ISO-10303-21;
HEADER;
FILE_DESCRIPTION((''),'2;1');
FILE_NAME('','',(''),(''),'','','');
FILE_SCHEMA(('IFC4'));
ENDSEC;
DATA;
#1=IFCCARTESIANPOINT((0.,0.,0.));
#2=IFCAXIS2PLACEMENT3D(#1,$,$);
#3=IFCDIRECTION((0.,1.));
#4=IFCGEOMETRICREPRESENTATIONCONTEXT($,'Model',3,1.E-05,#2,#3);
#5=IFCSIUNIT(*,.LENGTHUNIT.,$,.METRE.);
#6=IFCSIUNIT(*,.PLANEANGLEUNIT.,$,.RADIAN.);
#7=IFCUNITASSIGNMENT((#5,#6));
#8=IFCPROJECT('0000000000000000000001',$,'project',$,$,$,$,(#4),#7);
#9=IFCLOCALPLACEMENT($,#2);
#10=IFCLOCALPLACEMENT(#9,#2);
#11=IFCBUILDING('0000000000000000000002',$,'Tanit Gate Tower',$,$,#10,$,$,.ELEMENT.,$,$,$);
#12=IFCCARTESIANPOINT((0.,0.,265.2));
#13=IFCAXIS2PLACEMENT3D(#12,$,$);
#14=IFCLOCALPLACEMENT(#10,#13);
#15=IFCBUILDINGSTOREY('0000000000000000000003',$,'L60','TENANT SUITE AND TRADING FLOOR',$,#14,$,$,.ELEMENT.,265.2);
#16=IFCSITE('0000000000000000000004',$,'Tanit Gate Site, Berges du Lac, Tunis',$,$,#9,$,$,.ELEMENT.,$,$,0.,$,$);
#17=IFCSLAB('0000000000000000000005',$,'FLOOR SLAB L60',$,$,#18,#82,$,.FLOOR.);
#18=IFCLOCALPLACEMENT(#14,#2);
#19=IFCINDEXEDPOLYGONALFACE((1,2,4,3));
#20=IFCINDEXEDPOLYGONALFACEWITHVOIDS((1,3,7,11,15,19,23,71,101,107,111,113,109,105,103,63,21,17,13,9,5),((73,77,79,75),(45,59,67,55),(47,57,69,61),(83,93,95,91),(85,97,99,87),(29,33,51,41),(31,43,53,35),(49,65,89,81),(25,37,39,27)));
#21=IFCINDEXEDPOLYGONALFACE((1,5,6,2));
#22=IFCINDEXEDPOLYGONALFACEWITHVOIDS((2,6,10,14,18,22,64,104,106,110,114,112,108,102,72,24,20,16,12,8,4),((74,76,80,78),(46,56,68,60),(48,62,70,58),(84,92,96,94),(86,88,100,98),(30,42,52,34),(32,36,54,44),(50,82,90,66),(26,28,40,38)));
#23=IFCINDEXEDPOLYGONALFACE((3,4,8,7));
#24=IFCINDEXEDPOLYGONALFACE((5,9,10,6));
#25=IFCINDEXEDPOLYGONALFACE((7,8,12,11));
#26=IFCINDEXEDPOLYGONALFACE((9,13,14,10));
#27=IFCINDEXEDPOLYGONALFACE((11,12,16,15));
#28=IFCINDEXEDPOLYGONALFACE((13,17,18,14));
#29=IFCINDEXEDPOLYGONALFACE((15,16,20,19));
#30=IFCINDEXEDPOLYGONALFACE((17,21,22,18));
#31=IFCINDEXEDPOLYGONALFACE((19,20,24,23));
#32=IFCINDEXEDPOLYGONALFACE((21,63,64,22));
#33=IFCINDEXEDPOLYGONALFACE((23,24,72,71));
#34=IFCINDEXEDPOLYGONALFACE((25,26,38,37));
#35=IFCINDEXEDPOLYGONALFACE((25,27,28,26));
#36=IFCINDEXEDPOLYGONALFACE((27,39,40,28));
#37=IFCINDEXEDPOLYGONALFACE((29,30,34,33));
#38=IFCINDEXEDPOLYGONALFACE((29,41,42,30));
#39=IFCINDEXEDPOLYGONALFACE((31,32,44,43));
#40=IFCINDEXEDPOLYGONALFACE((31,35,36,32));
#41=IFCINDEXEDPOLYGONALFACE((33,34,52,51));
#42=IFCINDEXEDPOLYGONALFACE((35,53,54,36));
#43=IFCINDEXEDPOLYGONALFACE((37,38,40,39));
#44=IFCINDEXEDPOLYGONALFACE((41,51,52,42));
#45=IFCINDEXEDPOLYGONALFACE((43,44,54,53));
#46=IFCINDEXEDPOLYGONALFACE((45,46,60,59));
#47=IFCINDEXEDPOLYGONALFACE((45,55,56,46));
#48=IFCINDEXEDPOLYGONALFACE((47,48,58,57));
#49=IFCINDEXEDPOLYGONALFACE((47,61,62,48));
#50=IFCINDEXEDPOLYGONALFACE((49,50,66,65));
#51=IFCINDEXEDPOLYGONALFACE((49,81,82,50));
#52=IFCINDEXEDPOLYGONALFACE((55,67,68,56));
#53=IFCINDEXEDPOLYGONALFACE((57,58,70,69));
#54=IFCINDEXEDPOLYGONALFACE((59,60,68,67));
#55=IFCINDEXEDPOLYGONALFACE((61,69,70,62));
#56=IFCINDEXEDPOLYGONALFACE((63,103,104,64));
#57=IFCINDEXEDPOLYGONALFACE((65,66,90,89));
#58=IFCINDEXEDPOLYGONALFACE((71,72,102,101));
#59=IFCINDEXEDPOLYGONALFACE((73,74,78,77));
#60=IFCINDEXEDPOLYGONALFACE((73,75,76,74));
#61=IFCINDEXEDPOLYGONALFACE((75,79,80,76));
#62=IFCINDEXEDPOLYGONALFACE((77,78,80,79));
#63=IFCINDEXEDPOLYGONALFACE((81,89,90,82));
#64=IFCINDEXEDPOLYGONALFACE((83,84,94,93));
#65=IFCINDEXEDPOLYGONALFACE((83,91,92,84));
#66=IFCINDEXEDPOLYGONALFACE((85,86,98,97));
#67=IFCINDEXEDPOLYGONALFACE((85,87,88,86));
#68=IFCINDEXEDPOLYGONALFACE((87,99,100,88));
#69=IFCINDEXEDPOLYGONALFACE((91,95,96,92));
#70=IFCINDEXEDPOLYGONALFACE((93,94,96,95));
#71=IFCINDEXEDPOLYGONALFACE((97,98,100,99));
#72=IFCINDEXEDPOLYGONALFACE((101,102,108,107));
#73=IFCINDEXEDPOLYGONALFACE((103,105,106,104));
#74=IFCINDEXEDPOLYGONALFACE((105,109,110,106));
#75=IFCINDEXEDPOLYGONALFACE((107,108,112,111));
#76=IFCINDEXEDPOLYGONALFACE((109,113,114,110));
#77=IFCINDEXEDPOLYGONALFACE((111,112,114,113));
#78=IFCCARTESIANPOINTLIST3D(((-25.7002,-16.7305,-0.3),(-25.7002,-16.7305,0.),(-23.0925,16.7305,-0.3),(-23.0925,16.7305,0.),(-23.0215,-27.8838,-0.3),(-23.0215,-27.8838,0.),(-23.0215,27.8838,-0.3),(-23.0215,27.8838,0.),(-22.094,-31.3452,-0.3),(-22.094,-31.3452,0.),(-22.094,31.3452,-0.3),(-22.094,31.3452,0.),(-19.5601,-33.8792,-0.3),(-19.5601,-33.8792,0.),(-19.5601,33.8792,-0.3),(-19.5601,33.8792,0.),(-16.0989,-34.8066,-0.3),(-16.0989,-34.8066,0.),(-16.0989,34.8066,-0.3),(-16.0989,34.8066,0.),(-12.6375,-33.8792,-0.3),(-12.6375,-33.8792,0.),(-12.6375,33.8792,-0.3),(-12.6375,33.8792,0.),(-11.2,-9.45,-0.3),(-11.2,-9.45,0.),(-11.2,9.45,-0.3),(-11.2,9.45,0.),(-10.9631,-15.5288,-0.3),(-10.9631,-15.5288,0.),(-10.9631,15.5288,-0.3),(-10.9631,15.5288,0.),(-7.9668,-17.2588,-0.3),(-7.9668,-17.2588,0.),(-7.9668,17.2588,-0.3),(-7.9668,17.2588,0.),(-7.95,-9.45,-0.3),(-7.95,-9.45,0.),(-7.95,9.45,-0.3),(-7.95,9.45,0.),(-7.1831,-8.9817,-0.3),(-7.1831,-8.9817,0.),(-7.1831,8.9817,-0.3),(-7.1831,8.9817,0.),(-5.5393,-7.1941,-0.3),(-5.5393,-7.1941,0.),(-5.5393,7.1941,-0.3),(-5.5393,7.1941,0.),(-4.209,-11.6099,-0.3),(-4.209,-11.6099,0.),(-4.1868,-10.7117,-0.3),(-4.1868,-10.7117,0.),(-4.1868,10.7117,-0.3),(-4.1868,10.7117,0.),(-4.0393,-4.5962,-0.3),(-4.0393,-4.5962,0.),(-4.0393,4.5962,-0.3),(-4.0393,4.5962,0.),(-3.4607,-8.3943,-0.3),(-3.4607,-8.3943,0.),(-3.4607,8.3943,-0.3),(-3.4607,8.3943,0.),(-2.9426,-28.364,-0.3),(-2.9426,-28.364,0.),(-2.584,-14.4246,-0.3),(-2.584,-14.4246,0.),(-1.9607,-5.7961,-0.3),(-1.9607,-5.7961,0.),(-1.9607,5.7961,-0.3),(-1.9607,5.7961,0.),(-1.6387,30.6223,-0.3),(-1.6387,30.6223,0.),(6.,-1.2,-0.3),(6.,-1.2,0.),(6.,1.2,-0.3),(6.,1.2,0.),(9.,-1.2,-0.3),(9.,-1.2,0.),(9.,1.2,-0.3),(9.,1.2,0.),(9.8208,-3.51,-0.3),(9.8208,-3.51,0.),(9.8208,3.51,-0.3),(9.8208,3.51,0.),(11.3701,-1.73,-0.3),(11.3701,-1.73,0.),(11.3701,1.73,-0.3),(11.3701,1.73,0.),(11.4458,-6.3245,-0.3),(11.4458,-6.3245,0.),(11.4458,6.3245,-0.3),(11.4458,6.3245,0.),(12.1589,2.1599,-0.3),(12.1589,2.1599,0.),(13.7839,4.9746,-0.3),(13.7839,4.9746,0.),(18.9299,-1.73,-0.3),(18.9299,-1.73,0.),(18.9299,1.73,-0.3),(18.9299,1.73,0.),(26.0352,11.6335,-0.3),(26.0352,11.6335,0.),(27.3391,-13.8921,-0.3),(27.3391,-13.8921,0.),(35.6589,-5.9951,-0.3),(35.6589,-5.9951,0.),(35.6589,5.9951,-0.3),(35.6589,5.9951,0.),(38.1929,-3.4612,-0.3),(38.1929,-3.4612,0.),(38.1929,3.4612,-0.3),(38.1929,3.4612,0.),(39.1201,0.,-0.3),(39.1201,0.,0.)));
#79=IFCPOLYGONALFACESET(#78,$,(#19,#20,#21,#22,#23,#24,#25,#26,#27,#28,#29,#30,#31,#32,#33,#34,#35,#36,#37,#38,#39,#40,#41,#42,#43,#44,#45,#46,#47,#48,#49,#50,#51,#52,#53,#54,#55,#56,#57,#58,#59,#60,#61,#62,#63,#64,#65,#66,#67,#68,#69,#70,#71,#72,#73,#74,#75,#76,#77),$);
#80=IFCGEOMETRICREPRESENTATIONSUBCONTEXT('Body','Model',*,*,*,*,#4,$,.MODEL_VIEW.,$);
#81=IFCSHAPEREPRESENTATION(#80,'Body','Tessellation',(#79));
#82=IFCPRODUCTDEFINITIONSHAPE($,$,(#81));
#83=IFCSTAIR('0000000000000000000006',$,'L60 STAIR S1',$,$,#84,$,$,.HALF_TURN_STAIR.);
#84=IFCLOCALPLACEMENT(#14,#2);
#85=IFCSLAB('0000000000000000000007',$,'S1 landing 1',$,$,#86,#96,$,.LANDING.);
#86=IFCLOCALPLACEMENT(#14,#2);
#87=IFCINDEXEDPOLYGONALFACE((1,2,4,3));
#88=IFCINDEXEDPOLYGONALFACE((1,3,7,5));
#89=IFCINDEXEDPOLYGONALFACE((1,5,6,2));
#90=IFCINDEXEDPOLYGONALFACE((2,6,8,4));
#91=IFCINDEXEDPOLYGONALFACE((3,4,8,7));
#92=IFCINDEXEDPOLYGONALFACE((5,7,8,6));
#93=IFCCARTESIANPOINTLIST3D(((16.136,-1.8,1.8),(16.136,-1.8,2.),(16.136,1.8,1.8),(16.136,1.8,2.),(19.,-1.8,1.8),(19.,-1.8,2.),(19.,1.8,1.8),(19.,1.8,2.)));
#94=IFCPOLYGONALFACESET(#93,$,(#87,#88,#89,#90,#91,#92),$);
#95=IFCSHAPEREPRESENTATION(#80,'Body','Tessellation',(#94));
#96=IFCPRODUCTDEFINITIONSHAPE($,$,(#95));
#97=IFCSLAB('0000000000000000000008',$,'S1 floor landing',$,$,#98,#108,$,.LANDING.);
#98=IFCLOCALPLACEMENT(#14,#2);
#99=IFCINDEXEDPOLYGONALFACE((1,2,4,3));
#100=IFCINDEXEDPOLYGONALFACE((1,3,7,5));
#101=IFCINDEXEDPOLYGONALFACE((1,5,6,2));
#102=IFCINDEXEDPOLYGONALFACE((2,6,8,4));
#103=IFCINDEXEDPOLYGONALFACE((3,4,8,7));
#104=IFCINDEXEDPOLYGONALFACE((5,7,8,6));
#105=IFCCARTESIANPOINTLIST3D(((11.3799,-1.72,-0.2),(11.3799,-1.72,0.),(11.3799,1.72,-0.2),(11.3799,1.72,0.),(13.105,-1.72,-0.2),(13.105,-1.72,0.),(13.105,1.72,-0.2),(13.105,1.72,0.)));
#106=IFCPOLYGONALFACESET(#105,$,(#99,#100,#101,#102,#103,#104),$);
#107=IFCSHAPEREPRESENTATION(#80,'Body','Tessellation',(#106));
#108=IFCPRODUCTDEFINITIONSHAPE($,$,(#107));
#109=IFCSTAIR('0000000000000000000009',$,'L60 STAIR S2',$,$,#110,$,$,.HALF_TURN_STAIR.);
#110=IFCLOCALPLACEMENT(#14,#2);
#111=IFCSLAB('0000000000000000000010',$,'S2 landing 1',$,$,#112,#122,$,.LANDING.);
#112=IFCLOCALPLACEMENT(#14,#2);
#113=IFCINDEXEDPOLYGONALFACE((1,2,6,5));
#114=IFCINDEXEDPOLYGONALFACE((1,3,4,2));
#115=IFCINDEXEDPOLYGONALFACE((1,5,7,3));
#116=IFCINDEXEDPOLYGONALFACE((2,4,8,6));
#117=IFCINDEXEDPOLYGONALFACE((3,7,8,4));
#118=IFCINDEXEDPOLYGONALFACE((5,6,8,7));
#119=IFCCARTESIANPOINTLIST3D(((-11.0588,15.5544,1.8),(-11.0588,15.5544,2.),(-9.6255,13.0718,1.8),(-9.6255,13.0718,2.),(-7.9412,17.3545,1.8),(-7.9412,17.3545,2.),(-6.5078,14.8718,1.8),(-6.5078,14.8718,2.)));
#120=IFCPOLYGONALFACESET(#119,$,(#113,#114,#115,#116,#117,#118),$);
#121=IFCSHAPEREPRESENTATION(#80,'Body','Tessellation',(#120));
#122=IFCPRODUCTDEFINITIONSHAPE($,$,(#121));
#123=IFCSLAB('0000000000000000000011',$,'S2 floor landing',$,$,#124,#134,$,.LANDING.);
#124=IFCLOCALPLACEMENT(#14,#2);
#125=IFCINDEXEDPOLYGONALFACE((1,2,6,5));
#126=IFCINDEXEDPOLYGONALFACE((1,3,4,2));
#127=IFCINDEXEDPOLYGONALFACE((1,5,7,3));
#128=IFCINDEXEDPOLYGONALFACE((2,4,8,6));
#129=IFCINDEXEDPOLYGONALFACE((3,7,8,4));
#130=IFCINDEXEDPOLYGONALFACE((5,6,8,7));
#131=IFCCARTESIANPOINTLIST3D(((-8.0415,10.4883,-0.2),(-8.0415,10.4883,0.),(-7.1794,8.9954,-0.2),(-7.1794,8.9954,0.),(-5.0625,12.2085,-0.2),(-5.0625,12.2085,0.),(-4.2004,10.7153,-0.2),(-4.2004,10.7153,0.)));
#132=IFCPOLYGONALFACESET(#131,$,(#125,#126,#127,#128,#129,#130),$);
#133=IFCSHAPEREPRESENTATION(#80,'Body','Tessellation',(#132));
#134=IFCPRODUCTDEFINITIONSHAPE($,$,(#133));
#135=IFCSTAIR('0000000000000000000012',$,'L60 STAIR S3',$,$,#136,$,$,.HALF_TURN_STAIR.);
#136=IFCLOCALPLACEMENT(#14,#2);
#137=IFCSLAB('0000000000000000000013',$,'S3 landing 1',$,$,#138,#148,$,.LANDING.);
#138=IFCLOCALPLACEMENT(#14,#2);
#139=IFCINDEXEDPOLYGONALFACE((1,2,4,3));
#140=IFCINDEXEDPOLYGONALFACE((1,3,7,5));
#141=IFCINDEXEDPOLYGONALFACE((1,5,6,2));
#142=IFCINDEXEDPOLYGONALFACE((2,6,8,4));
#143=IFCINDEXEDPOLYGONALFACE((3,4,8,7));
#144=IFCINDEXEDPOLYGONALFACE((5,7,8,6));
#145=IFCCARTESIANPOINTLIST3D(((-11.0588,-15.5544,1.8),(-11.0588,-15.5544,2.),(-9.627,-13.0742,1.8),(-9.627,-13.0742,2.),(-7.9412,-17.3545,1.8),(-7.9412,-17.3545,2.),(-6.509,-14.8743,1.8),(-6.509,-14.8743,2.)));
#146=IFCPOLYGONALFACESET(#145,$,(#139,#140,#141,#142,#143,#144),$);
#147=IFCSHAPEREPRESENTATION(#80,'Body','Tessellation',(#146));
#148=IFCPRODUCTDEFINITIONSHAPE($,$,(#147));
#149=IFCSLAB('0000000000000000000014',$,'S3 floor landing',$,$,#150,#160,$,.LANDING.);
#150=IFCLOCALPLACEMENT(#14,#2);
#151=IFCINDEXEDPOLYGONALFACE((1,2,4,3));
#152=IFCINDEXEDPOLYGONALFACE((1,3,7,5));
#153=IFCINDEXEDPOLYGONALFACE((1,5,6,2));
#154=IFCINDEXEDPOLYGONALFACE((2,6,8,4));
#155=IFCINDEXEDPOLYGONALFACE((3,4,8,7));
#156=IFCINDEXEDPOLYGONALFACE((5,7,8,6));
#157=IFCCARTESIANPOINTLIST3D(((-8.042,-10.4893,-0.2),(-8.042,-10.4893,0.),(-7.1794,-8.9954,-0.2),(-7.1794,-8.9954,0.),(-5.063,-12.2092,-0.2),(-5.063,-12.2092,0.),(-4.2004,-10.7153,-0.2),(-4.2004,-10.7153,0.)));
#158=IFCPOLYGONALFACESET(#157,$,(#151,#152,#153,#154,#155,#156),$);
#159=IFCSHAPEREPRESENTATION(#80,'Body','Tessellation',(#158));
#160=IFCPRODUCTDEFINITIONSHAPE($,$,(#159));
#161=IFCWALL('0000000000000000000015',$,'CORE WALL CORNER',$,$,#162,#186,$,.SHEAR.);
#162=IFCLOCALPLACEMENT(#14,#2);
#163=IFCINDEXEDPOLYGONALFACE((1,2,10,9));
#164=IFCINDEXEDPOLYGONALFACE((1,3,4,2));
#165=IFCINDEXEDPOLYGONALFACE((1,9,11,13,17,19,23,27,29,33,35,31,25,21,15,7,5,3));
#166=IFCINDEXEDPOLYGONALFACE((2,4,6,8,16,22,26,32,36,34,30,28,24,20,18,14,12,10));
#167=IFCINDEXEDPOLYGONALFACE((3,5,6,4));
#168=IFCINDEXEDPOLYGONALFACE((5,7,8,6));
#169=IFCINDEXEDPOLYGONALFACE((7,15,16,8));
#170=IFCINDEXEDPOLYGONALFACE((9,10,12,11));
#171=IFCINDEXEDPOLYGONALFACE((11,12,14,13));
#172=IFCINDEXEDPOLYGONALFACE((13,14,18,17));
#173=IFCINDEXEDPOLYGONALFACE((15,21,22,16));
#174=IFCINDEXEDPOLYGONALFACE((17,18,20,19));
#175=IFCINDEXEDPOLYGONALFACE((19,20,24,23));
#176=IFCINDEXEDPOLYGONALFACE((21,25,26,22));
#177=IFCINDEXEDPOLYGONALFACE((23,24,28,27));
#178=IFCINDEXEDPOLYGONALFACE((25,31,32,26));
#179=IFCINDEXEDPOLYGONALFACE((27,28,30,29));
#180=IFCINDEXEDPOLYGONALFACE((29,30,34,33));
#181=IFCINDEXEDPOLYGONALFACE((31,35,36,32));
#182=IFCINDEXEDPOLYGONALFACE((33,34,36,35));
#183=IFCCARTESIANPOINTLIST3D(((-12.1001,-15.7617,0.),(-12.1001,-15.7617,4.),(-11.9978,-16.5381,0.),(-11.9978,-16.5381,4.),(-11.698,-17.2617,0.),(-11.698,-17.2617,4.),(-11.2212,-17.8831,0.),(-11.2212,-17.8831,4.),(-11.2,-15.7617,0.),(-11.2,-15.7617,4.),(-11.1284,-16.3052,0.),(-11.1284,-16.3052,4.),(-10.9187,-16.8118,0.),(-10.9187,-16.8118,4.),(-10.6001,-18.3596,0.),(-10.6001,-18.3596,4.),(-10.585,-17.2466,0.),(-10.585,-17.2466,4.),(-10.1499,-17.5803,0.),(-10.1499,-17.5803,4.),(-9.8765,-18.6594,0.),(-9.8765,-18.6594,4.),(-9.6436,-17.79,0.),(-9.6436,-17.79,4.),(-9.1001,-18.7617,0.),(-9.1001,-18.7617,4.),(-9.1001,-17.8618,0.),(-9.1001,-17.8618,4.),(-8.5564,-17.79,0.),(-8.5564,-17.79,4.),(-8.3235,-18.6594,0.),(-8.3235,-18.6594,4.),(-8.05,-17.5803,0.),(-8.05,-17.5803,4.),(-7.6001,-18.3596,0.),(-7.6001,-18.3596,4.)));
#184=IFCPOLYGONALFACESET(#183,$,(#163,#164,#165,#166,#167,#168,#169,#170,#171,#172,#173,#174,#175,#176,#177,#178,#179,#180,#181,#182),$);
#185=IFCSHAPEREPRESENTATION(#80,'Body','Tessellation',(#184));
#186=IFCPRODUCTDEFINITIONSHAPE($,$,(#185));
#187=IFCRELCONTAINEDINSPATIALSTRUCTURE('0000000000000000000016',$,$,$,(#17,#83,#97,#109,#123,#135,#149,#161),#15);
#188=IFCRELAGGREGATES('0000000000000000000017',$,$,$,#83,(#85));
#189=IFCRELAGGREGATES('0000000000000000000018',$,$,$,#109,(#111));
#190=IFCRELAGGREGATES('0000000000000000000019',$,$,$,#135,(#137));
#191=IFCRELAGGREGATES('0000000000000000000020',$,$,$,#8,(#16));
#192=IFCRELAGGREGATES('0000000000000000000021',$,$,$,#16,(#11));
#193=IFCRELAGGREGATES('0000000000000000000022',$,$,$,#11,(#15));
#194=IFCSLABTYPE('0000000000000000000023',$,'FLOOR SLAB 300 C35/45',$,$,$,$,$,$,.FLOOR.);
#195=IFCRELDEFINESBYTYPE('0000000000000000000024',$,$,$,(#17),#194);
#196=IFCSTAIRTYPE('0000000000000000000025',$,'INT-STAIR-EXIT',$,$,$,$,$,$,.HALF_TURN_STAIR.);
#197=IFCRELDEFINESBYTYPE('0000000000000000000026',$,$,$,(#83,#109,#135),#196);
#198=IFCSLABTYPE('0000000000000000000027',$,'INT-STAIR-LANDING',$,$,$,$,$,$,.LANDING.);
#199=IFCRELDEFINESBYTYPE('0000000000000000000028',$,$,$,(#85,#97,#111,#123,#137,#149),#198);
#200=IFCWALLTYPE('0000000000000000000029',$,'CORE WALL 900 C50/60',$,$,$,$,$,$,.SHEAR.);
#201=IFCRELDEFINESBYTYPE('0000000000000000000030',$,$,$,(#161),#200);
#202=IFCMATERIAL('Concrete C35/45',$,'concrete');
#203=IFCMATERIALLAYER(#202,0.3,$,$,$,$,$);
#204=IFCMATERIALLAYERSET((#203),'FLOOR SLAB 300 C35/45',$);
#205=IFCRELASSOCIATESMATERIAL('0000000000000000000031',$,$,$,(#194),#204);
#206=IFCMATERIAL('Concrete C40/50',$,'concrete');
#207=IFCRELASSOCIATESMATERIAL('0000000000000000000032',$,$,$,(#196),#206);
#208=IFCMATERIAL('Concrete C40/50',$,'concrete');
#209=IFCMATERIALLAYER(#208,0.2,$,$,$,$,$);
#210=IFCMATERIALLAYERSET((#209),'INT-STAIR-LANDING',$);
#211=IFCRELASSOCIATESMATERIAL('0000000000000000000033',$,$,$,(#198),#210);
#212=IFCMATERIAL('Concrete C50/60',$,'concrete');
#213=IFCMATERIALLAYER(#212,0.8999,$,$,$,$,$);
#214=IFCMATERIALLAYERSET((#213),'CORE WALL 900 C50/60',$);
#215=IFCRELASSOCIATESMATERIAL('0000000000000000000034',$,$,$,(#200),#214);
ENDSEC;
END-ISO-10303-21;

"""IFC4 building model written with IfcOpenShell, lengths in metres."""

from ifc_helpers import new_model, si_unit, direction, frame, origin, place, context, subcontext, project, spatial, polyline, outline, extrude, material, layer, layer_set, type_object, element, aggregate, save


model = new_model("IFC4")

# Units and contexts
model_context = context("Model", 3, precision=1e-05, world=origin(), true_north=direction((0.0, 1.0)))
body_context = subcontext(model_context, "Body", "Model", "MODEL_VIEW")
ifc_project = project(units=[si_unit("LENGTHUNIT", "METRE"), si_unit("PLANEANGLEUNIT", "RADIAN")], contexts=[model_context])

# Site, building, storey
site_placement = place(None, origin())
site = spatial("IfcSite", under=ifc_project, at=site_placement, Name="Tanit Gate Site, Berges du Lac, Tunis", CompositionType="ELEMENT", RefElevation=0.0)
building_placement = place(site_placement, origin())
building = spatial("IfcBuilding", under=site, at=building_placement, Name="Tanit Gate Tower", CompositionType="ELEMENT")
storey_placement = place(building_placement, frame((0.0, 0.0, 265.2)))
storey = spatial("IfcBuildingStorey", under=building, at=storey_placement, Name="L60", Description="TENANT SUITE AND TRADING FLOOR", CompositionType="ELEMENT", Elevation=265.2)

# Slab
ifc_material_1 = material(Name="Concrete C35/45", Category="concrete")
ifc_layer_1 = layer(ifc_material_1, 0.3)
ifc_layer_set_1 = layer_set([ifc_layer_1], Name="FLOOR SLAB 300 C35/45")
slab_type_1 = type_object("IfcSlabType", Name="FLOOR SLAB 300 C35/45", PredefinedType="FLOOR", material=ifc_layer_set_1)
slab_1_placement = place(storey_placement, frame((0.0, 0.0, -0.3)))
element("IfcSlab", 1, at=slab_1_placement, inside=storey, type_object=slab_type_1, Name="FLOOR SLAB L60", PredefinedType="FLOOR", context=body_context, shape_type="SweptSolid", body=[
    extrude(outline(polyline([(35.6589, 5.9951), (38.1929, 3.4612), (39.1201, 0.0), (38.1929, -3.4612), (35.6589, -5.9951), (27.3391, -13.8921), (-2.9426, -28.364), (-12.6375, -33.8792), (-16.0989, -34.8066), (-19.5601, -33.8792), (-22.094, -31.3452), (-23.0215, -27.8838), (-25.7002, -16.7305), (-23.0925, 16.7305), (-23.0215, 27.8838), (-22.094, 31.3452), (-19.5601, 33.8792), (-16.0989, 34.8066), (-12.6375, 33.8792), (-1.6387, 30.6223), (26.0352, 11.6335), (35.6589, 5.9951)]), holes=[polyline([(11.3701, 1.73), (18.9299, 1.73), (18.9299, -1.73), (11.3701, -1.73), (11.3701, 1.73)]), polyline([(9.8208, 3.51), (11.4458, 6.3245), (13.7839, 4.9746), (12.1589, 2.1599), (9.8208, 3.51)]), polyline([(-4.209, -11.6099), (9.8208, -3.51), (11.4458, -6.3245), (-2.584, -14.4246), (-4.209, -11.6099)]), polyline([(6.0, 1.2), (9.0, 1.2), (9.0, -1.2), (6.0, -1.2), (6.0, 1.2)]), polyline([(-5.5393, 7.1941), (-3.4607, 8.3943), (-1.9607, 5.7961), (-4.0393, 4.5962), (-5.5393, 7.1941)]), polyline([(-1.9607, -5.7961), (-3.4607, -8.3943), (-5.5393, -7.1941), (-4.0393, -4.5962), (-1.9607, -5.7961)]), polyline([(-10.9631, 15.5288), (-7.9668, 17.2588), (-4.1868, 10.7117), (-7.1831, 8.9817), (-10.9631, 15.5288)]), polyline([(-4.1868, -10.7117), (-7.9668, -17.2588), (-10.9631, -15.5288), (-7.1831, -8.9817), (-4.1868, -10.7117)]), polyline([(-11.2, -9.45), (-11.2, 9.45), (-7.95, 9.45), (-7.95, -9.45), (-11.2, -9.45)])]), origin(), (0.0, 0.0, 1.0), 0.3),
])

# Stair, slab
ifc_material_2 = material(Name="Concrete C40/50", Category="concrete")
stair_type = type_object("IfcStairType", Name="INT-STAIR-EXIT", PredefinedType="HALF_TURN_STAIR", material=ifc_material_2)
stair_1_placement = place(storey_placement, origin())
stair_1 = element("IfcStair", 2, at=stair_1_placement, inside=storey, type_object=stair_type, Name="L60 STAIR S1", PredefinedType="HALF_TURN_STAIR")
ifc_material_3 = material(Name="Concrete C40/50", Category="concrete")
ifc_layer_2 = layer(ifc_material_3, 0.2)
ifc_layer_set_2 = layer_set([ifc_layer_2], Name="INT-STAIR-LANDING")
slab_type_2 = type_object("IfcSlabType", Name="INT-STAIR-LANDING", PredefinedType="LANDING", material=ifc_layer_set_2)
slab_2_placement = place(storey_placement, frame((0.0, 0.0, 1.8)))
slab_2 = element("IfcSlab", 3, at=slab_2_placement, type_object=slab_type_2, Name="S1 landing 1", PredefinedType="LANDING", context=body_context, shape_type="SweptSolid", body=[
    extrude(outline(polyline([(16.136, -1.8), (19.0, -1.8), (19.0, 1.8), (16.136, 1.8), (16.136, -1.8)])), origin(), (0.0, 0.0, 1.0), 0.2),
])
aggregate(stair_1, [slab_2])

# Slab
slab_3_placement = place(storey_placement, frame((0.0, 0.0, -0.2)))
element("IfcSlab", 4, at=slab_3_placement, inside=storey, type_object=slab_type_2, Name="S1 floor landing", PredefinedType="LANDING", context=body_context, shape_type="SweptSolid", body=[
    extrude(outline(polyline([(11.3799, -1.72), (13.105, -1.72), (13.105, 1.72), (11.3799, 1.72), (11.3799, -1.72)])), origin(), (0.0, 0.0, 1.0), 0.2),
])

# Stair, slab
stair_2_placement = place(storey_placement, origin())
stair_2 = element("IfcStair", 5, at=stair_2_placement, inside=storey, type_object=stair_type, Name="L60 STAIR S2", PredefinedType="HALF_TURN_STAIR")
slab_4_placement = place(storey_placement, frame((0.0, 0.0, 1.8)))
slab_4 = element("IfcSlab", 6, at=slab_4_placement, type_object=slab_type_2, Name="S2 landing 1", PredefinedType="LANDING", context=body_context, shape_type="SweptSolid", body=[
    extrude(outline(polyline([(-6.5078, 14.8718), (-7.9412, 17.3545), (-11.0588, 15.5544), (-9.6255, 13.0718), (-6.5078, 14.8718)])), origin(), (0.0, 0.0, 1.0), 0.2),
])
aggregate(stair_2, [slab_4])

# Slab
slab_5_placement = place(storey_placement, frame((0.0, 0.0, -0.2)))
element("IfcSlab", 7, at=slab_5_placement, inside=storey, type_object=slab_type_2, Name="S2 floor landing", PredefinedType="LANDING", context=body_context, shape_type="SweptSolid", body=[
    extrude(outline(polyline([(-4.2004, 10.7153), (-5.0625, 12.2085), (-8.0415, 10.4883), (-7.1794, 8.9954), (-4.2004, 10.7153)])), origin(), (0.0, 0.0, 1.0), 0.2),
])

# Stair, slab
stair_3_placement = place(storey_placement, origin())
stair_3 = element("IfcStair", 8, at=stair_3_placement, inside=storey, type_object=stair_type, Name="L60 STAIR S3", PredefinedType="HALF_TURN_STAIR")
slab_6_placement = place(storey_placement, frame((0.0, 0.0, 1.8)))
slab_6 = element("IfcSlab", 9, at=slab_6_placement, type_object=slab_type_2, Name="S3 landing 1", PredefinedType="LANDING", context=body_context, shape_type="SweptSolid", body=[
    extrude(outline(polyline([(-9.627, -13.0742), (-11.0588, -15.5544), (-7.9412, -17.3545), (-6.509, -14.8743), (-9.627, -13.0742)])), origin(), (0.0, 0.0, 1.0), 0.2),
])
aggregate(stair_3, [slab_6])

# Slab
slab_7_placement = place(storey_placement, frame((0.0, 0.0, -0.2)))
element("IfcSlab", 10, at=slab_7_placement, inside=storey, type_object=slab_type_2, Name="S3 floor landing", PredefinedType="LANDING", context=body_context, shape_type="SweptSolid", body=[
    extrude(outline(polyline([(-7.1794, -8.9954), (-8.042, -10.4893), (-5.063, -12.2092), (-4.2004, -10.7153), (-7.1794, -8.9954)])), origin(), (0.0, 0.0, 1.0), 0.2),
])

# Wall
ifc_material_4 = material(Name="Concrete C50/60", Category="concrete")
ifc_layer_3 = layer(ifc_material_4, 0.8999)
ifc_layer_set_3 = layer_set([ifc_layer_3], Name="CORE WALL 900 C50/60")
wall_type_1 = type_object("IfcWallType", Name="CORE WALL 900 C50/60", PredefinedType="SHEAR", material=ifc_layer_set_3)
wall_1_placement = place(storey_placement, origin())
element("IfcWall", 11, at=wall_1_placement, inside=storey, type_object=wall_type_1, Name="CORE WALL CORNER", PredefinedType="SHEAR", context=body_context, shape_type="SweptSolid", body=[
    extrude(outline(polyline([(-12.1001, -15.7617), (-11.9978, -16.5381), (-11.698, -17.2617), (-11.2212, -17.8831), (-10.6001, -18.3596), (-9.8765, -18.6594), (-9.1001, -18.7617), (-8.3235, -18.6594), (-7.6001, -18.3596), (-8.05, -17.5803), (-8.5564, -17.79), (-9.1001, -17.8618), (-9.6436, -17.79), (-10.1499, -17.5803), (-10.585, -17.2466), (-10.9187, -16.8118), (-11.1284, -16.3052), (-11.2, -15.7617), (-12.1001, -15.7617)])), origin(), (0.0, 0.0, 1.0), 4.0),
])

save(model, "model.ifc")
